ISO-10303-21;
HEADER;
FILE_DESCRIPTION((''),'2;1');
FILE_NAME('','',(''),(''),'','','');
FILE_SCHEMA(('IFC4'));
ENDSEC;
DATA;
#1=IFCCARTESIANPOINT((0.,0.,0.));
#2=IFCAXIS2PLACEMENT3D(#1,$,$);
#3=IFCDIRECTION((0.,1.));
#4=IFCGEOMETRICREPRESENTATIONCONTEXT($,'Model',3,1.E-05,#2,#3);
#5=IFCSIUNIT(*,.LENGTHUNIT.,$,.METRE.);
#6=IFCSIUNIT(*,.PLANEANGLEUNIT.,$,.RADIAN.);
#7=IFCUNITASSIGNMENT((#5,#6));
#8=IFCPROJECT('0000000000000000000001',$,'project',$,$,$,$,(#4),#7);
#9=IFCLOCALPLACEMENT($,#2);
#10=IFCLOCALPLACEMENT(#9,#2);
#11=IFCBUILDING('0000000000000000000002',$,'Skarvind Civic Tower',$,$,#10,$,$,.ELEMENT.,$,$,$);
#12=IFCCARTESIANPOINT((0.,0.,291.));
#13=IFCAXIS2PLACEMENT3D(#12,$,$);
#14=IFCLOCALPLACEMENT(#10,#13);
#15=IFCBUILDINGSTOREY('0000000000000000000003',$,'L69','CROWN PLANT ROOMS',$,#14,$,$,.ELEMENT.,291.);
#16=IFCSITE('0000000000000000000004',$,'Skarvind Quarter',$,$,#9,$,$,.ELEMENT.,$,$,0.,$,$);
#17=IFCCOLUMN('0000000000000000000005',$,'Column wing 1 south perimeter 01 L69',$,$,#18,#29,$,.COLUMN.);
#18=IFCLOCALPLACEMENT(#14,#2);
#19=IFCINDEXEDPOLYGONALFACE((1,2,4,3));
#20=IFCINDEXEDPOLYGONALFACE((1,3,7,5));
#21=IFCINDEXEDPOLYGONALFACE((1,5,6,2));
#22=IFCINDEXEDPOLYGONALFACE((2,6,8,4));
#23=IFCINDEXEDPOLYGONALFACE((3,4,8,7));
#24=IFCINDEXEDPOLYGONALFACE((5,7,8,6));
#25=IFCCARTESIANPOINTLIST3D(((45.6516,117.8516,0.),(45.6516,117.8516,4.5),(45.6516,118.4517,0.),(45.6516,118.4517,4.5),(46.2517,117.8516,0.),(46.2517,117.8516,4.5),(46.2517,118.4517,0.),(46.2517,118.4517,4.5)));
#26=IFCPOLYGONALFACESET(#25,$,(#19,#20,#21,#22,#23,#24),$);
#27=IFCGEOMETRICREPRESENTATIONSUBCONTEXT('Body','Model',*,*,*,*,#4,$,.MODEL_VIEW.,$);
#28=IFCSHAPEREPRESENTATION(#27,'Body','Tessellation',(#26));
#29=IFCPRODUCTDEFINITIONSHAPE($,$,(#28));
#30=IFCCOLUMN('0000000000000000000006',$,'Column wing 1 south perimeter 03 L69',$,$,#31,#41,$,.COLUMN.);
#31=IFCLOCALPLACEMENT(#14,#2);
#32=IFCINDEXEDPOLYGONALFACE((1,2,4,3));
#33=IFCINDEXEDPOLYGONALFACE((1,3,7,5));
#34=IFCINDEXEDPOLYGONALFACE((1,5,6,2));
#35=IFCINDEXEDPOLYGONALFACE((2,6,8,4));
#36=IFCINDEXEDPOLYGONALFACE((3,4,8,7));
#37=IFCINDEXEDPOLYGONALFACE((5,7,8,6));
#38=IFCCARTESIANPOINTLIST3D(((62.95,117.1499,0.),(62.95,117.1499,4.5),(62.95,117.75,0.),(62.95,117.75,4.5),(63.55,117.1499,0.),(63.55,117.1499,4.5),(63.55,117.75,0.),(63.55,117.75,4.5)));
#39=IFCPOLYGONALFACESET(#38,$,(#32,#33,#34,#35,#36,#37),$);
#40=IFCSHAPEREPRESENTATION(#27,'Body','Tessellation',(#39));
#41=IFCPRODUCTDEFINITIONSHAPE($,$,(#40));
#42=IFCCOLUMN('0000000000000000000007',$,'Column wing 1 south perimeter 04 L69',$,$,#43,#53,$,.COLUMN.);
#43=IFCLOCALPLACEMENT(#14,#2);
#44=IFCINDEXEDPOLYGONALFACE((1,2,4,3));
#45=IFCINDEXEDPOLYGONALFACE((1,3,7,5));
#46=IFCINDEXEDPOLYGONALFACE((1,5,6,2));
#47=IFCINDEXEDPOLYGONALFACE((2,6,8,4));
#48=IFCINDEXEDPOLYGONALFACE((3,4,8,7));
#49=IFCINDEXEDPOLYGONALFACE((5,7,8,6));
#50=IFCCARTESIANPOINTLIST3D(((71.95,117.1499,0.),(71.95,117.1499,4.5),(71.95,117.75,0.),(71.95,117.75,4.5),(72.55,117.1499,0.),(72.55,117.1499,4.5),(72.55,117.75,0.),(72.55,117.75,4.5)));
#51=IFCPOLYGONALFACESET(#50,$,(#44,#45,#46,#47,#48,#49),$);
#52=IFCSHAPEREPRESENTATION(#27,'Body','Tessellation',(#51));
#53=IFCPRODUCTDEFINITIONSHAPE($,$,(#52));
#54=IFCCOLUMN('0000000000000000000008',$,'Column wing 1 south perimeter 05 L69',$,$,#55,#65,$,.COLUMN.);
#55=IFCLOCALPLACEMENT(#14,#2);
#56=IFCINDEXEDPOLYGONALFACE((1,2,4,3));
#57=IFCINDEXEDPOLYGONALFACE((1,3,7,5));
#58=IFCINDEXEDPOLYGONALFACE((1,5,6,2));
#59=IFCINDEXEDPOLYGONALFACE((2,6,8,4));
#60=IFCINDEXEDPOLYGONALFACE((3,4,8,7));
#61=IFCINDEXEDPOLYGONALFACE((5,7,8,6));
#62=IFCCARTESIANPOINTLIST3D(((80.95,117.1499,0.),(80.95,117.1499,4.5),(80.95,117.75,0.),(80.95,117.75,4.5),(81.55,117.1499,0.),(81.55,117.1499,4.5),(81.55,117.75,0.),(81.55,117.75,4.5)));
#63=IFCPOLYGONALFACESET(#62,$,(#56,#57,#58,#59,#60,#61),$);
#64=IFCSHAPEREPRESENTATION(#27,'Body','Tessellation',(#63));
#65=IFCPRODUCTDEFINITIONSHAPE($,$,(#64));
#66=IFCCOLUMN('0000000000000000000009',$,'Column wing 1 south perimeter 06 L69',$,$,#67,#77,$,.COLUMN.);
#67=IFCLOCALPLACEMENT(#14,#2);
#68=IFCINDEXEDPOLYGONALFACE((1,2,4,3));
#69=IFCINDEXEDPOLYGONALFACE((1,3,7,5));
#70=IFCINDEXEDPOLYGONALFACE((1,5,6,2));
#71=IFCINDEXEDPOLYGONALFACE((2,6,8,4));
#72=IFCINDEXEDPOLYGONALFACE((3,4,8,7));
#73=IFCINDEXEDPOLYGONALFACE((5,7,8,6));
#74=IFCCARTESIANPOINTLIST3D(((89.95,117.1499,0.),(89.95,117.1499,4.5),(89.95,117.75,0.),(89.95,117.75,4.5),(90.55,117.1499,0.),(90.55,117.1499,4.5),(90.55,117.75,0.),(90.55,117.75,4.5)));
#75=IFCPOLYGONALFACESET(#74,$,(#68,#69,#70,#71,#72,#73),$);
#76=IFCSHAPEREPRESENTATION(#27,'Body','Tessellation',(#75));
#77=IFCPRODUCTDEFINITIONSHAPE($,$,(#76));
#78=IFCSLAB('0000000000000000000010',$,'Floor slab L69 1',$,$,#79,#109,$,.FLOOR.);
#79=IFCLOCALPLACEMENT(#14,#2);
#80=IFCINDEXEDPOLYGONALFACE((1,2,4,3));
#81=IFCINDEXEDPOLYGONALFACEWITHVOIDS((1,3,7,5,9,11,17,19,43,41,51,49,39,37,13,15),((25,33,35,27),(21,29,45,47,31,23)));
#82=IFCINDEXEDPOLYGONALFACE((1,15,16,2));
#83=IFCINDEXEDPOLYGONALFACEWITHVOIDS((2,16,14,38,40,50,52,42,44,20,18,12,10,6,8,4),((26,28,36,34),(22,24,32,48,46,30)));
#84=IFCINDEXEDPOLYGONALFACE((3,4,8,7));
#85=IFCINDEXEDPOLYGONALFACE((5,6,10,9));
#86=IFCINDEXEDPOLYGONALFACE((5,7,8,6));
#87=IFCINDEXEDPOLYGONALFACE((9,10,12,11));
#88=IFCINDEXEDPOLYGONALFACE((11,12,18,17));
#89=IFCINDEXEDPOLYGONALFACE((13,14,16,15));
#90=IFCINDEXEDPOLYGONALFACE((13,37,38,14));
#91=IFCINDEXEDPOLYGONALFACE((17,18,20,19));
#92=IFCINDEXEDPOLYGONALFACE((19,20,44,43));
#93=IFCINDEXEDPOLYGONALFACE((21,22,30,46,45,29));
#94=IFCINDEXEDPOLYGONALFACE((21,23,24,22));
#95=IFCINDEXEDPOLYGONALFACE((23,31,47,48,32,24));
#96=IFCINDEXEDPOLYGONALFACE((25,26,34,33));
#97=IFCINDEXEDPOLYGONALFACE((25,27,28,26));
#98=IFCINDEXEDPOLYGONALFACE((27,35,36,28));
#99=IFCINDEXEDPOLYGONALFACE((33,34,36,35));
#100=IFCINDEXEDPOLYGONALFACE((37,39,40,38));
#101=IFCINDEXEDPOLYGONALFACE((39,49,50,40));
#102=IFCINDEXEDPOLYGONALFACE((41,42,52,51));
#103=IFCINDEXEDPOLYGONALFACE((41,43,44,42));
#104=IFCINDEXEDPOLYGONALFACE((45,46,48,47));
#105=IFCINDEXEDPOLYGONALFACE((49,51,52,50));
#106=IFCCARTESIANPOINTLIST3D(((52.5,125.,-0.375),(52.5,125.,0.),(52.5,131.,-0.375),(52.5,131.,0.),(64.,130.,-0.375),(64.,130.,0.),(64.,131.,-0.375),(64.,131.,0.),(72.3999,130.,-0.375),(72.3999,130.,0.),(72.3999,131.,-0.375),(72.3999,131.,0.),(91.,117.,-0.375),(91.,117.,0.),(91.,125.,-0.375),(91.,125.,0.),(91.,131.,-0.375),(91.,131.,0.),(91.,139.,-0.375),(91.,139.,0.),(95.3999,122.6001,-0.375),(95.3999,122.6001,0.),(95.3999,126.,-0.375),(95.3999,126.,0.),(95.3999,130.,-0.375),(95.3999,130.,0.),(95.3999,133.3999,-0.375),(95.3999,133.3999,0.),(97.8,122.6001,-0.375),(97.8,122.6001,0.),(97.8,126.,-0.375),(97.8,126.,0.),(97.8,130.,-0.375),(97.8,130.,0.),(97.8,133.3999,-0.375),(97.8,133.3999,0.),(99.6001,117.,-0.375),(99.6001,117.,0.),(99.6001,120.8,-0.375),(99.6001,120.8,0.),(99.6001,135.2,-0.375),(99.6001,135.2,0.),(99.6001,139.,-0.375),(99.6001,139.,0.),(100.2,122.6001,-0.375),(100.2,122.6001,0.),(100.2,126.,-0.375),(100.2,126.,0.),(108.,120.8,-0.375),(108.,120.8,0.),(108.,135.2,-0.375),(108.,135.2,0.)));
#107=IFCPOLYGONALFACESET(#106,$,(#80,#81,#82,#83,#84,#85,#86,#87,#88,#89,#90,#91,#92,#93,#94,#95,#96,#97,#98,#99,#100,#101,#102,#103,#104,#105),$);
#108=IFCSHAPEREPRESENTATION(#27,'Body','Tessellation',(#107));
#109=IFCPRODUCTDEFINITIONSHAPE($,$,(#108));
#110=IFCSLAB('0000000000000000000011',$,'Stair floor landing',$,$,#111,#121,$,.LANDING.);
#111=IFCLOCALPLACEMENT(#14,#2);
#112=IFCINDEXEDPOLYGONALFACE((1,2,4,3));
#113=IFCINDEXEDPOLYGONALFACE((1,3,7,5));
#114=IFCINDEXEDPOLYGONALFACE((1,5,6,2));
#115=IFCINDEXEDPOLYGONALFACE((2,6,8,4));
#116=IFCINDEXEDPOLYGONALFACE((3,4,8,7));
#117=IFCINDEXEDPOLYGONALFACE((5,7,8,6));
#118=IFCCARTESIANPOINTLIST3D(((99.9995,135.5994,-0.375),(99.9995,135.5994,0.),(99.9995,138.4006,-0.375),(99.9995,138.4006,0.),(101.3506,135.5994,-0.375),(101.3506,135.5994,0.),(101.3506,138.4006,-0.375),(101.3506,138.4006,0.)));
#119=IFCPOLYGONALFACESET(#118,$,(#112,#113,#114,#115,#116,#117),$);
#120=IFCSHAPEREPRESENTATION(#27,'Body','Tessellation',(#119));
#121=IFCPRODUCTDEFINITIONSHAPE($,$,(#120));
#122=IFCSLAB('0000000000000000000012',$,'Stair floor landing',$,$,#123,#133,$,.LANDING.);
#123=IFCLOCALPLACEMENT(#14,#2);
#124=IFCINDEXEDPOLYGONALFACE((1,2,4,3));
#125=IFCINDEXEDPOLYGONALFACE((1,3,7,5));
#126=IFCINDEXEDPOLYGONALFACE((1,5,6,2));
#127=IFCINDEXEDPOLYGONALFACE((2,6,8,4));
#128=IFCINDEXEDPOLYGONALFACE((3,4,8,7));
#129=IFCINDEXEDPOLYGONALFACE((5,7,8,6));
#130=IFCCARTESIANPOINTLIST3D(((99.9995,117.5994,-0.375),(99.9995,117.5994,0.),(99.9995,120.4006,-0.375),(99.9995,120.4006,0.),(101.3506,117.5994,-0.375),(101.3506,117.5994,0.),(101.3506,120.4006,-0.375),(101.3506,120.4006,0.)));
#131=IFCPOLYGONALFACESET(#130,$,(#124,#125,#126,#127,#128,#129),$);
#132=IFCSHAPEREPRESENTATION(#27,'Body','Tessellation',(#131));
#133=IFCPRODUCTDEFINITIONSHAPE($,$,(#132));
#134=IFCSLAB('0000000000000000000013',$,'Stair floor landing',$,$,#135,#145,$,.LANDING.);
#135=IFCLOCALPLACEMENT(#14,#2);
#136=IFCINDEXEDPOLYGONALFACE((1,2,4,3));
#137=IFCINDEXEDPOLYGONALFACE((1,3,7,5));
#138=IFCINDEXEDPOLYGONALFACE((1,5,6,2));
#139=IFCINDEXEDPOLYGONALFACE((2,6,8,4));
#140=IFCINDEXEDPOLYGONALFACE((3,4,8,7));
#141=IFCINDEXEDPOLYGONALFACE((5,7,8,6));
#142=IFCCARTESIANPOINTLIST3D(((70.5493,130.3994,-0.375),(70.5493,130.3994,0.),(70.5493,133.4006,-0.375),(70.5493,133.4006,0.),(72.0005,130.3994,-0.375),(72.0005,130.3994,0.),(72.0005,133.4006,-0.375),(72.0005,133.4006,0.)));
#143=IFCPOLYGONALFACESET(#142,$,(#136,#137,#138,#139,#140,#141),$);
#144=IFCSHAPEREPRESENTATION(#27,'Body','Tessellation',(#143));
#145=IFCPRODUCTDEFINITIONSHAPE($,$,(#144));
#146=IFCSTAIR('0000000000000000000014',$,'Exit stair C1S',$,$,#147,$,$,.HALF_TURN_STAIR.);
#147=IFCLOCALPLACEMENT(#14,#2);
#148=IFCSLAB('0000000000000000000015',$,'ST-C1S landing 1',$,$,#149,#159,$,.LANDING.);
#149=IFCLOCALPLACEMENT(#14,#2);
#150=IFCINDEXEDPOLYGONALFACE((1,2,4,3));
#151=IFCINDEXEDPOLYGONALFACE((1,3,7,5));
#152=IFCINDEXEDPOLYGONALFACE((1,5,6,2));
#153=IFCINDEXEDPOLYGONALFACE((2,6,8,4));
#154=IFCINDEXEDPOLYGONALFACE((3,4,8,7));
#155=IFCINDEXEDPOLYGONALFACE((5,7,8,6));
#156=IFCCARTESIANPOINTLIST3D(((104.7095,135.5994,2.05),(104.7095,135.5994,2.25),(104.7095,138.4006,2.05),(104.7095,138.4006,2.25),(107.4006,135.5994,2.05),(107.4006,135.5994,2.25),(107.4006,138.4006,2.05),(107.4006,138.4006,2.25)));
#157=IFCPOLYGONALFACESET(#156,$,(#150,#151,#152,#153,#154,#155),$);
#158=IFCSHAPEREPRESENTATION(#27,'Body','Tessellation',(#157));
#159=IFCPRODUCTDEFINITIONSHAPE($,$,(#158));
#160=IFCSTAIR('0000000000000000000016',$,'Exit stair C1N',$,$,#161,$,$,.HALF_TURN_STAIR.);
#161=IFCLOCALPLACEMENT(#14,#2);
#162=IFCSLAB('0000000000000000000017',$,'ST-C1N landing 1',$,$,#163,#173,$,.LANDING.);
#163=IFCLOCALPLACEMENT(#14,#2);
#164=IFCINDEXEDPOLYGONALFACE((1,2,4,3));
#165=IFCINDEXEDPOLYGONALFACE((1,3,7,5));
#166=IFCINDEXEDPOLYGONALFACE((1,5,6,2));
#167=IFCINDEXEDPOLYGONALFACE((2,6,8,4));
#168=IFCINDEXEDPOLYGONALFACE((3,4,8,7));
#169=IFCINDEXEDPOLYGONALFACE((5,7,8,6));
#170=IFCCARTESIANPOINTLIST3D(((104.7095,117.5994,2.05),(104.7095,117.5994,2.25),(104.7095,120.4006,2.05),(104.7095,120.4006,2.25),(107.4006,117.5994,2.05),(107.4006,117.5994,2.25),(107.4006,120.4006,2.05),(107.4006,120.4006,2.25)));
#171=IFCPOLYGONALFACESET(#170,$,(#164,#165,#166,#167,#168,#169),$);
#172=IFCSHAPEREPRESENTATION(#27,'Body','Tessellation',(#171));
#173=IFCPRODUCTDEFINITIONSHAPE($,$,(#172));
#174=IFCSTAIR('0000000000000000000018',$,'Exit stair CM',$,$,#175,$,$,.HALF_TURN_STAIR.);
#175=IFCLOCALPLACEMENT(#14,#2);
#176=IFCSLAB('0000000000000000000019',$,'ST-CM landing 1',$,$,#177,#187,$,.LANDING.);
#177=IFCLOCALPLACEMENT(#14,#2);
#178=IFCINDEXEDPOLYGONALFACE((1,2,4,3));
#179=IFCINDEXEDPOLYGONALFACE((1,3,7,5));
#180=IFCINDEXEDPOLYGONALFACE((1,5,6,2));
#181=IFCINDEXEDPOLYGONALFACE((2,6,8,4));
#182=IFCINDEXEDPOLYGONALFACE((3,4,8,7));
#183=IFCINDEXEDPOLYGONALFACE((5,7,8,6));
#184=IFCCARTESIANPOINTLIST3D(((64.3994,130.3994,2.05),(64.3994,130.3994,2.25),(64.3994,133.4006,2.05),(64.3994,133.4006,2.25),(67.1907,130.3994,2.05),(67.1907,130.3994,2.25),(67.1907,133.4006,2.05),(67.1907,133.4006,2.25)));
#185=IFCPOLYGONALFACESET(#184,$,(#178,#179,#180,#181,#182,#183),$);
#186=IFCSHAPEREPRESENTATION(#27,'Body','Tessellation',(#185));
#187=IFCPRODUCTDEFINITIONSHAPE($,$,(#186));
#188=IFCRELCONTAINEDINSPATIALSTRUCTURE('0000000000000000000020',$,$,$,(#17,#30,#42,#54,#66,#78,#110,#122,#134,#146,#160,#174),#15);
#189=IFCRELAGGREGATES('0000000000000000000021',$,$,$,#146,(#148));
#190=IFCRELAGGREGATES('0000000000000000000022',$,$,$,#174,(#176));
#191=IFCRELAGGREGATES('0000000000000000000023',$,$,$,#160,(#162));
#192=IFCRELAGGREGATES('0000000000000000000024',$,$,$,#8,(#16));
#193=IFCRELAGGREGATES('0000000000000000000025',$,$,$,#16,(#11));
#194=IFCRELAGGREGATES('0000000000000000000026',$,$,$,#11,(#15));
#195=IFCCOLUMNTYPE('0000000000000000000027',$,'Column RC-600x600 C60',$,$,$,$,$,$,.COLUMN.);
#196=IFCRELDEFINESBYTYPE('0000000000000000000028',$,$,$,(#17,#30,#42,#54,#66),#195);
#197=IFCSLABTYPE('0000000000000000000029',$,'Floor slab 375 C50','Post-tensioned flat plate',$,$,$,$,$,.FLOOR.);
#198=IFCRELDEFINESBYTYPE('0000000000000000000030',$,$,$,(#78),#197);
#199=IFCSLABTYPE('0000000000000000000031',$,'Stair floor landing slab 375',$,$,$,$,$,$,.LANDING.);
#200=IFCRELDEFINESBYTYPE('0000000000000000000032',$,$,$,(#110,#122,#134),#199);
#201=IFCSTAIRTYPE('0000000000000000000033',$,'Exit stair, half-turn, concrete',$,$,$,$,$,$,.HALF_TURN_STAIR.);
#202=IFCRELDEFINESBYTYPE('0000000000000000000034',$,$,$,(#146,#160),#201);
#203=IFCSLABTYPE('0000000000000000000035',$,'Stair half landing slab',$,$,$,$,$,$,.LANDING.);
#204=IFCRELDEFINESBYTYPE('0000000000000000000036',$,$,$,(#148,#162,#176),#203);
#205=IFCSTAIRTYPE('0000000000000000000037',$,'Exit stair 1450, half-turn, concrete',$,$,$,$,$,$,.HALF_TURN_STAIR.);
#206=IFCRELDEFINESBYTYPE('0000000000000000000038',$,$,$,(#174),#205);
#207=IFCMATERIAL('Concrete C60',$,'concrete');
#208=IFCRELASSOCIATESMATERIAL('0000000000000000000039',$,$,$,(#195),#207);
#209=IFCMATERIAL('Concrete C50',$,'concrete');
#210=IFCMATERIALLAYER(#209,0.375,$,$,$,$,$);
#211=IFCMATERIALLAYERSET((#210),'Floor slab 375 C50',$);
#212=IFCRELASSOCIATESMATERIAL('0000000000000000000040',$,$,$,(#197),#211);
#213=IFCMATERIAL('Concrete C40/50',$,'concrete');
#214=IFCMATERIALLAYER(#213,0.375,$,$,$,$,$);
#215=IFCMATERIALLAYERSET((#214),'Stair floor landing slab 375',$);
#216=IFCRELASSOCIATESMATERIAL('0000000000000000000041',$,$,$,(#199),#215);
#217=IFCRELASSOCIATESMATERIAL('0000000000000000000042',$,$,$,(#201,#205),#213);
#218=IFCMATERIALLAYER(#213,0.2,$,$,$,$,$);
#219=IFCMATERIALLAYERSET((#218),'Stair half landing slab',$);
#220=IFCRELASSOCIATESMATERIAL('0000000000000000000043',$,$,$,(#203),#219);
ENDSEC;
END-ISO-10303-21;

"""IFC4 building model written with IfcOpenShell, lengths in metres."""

from ifc_helpers import new_model, si_unit, direction, frame, origin, origin_2d, place, context, subcontext, project, spatial, polyline, rectangle, outline, extrude, material, layer, layer_set, material_profile, profile_set, type_object, element, aggregate, save


model = new_model("IFC4")

# Units and contexts
model_context = context("Model", 3, precision=1e-05, world=origin(), true_north=direction((0.0, 1.0)))
body_context = subcontext(model_context, "Body", "Model", "MODEL_VIEW")
ifc_project = project(units=[si_unit("LENGTHUNIT", "METRE"), si_unit("PLANEANGLEUNIT", "RADIAN")], contexts=[model_context])

# Site, building, storey
site_placement = place(None, origin())
site = spatial("IfcSite", under=ifc_project, at=site_placement, Name="Skarvind Quarter", CompositionType="ELEMENT", RefElevation=0.0)
building_placement = place(site_placement, origin())
building = spatial("IfcBuilding", under=site, at=building_placement, Name="Skarvind Civic Tower", CompositionType="ELEMENT")
storey_placement = place(building_placement, frame((0.0, 0.0, 291.0)))
storey = spatial("IfcBuildingStorey", under=building, at=storey_placement, Name="L69", Description="CROWN PLANT ROOMS", CompositionType="ELEMENT", Elevation=291.0)

# Columns
ifc_material_1 = material(Name="Concrete C60", Category="concrete")
ifc_material_profile = material_profile(ifc_material_1, rectangle(XDim=0.6001, YDim=0.6001, at=origin_2d()), Name="RC-600x600")
ifc_profile_set = profile_set([ifc_material_profile], Name="Concrete C60")
column_type = type_object("IfcColumnType", Name="Column RC-600x600 C60", PredefinedType="COLUMN", material=ifc_profile_set)
for number, where, z_axis, x_axis, name in (
    (1, (45.9517, 118.1516, 0.0), (0.0, 0.0, 1.0), (1.0, 0.0, 0.0), "Column wing 1 south perimeter 01 L69"),
    (2, (63.25, 117.45, 0.0), (0.0, 0.0, 1.0), (1.0, 0.0, 0.0), "Column wing 1 south perimeter 03 L69"),
    (3, (72.25, 117.45, 0.0), (0.0, 0.0, 1.0), (1.0, 0.0, 0.0), "Column wing 1 south perimeter 04 L69"),
    (4, (81.25, 117.45, 0.0), (0.0, 0.0, 1.0), (1.0, 0.0, 0.0), "Column wing 1 south perimeter 05 L69"),
    (5, (90.25, 117.45, 0.0), (0.0, 0.0, 1.0), (1.0, 0.0, 0.0), "Column wing 1 south perimeter 06 L69"),
):
    element("IfcColumn", number, at=place(storey_placement, frame(where, z_axis=z_axis, x_axis=x_axis)), inside=storey, type_object=column_type, Name=name, PredefinedType="COLUMN", context=body_context, shape_type="SweptSolid", body=[
        extrude(rectangle(XDim=0.6001, YDim=0.6001, at=origin_2d()), origin(), (0.0, 0.0, 1.0), 4.5),
    ])

# Slabs
ifc_material_2 = material(Name="Concrete C50", Category="concrete")
ifc_layer_1 = layer(ifc_material_2, 0.375)
ifc_layer_set_1 = layer_set([ifc_layer_1], Name="Floor slab 375 C50")
slab_type_1 = type_object("IfcSlabType", Name="Floor slab 375 C50", Description="Post-tensioned flat plate", PredefinedType="FLOOR", material=ifc_layer_set_1)
slab_1_placement = place(storey_placement, frame((0.0, 0.0, -0.375)))
element("IfcSlab", 6, at=slab_1_placement, inside=storey, type_object=slab_type_1, Name="Floor slab L69 1", PredefinedType="FLOOR", context=body_context, shape_type="SweptSolid", body=[
    extrude(outline(polyline([(99.6001, 117.0), (99.6001, 120.8), (108.0, 120.8), (108.0, 135.2), (99.6001, 135.2), (99.6001, 139.0), (91.0, 139.0), (91.0, 131.0), (72.3999, 131.0), (72.3999, 130.0), (64.0, 130.0), (64.0, 131.0), (52.5, 131.0), (52.5, 125.0), (91.0, 125.0), (91.0, 117.0), (99.6001, 117.0)]), holes=[polyline([(97.8, 126.0), (100.2, 126.0), (100.2, 122.6001), (97.8, 122.6001), (95.3999, 122.6001), (95.3999, 126.0), (97.8, 126.0)]), polyline([(95.3999, 130.0), (95.3999, 133.3999), (97.8, 133.3999), (97.8, 130.0), (95.3999, 130.0)])]), origin(), (0.0, 0.0, 1.0), 0.375),
])
ifc_material_3 = material(Name="Concrete C40/50", Category="concrete")
ifc_layer_2 = layer(ifc_material_3, 0.375)
ifc_layer_set_2 = layer_set([ifc_layer_2], Name="Stair floor landing slab 375")
slab_type_2 = type_object("IfcSlabType", Name="Stair floor landing slab 375", PredefinedType="LANDING", material=ifc_layer_set_2)
slab_2_placement = place(storey_placement, frame((0.0, 0.0, -0.375)))
element("IfcSlab", 7, at=slab_2_placement, inside=storey, type_object=slab_type_2, Name="Stair floor landing", PredefinedType="LANDING", context=body_context, shape_type="SweptSolid", body=[
    extrude(outline(polyline([(101.3506, 138.4006), (101.3506, 135.5994), (99.9995, 135.5994), (99.9995, 138.4006), (101.3506, 138.4006)])), origin(), (0.0, 0.0, 1.0), 0.375),
])
slab_3_placement = place(storey_placement, frame((0.0, 0.0, -0.375)))
element("IfcSlab", 8, at=slab_3_placement, inside=storey, type_object=slab_type_2, Name="Stair floor landing", PredefinedType="LANDING", context=body_context, shape_type="SweptSolid", body=[
    extrude(outline(polyline([(101.3506, 120.4006), (101.3506, 117.5994), (99.9995, 117.5994), (99.9995, 120.4006), (101.3506, 120.4006)])), origin(), (0.0, 0.0, 1.0), 0.375),
])
slab_4_placement = place(storey_placement, frame((0.0, 0.0, -0.375)))
element("IfcSlab", 9, at=slab_4_placement, inside=storey, type_object=slab_type_2, Name="Stair floor landing", PredefinedType="LANDING", context=body_context, shape_type="SweptSolid", body=[
    extrude(outline(polyline([(70.5493, 130.3994), (70.5493, 133.4006), (72.0005, 133.4006), (72.0005, 130.3994), (70.5493, 130.3994)])), origin(), (0.0, 0.0, 1.0), 0.375),
])

# Stairs, slabs
stair_type_1 = type_object("IfcStairType", Name="Exit stair, half-turn, concrete", PredefinedType="HALF_TURN_STAIR", material=ifc_material_3)
stair_1_placement = place(storey_placement, origin())
stair_1 = element("IfcStair", 10, at=stair_1_placement, inside=storey, type_object=stair_type_1, Name="Exit stair C1S", PredefinedType="HALF_TURN_STAIR")
ifc_layer_3 = layer(ifc_material_3, 0.2)
ifc_layer_set_3 = layer_set([ifc_layer_3], Name="Stair half landing slab")
slab_type_3 = type_object("IfcSlabType", Name="Stair half landing slab", PredefinedType="LANDING", material=ifc_layer_set_3)
slab_5_placement = place(storey_placement, frame((0.0, 0.0, 2.05)))
slab_5 = element("IfcSlab", 11, at=slab_5_placement, type_object=slab_type_3, Name="ST-C1S landing 1", PredefinedType="LANDING", context=body_context, shape_type="SweptSolid", body=[
    extrude(outline(polyline([(104.7095, 135.5994), (104.7095, 138.4006), (107.4006, 138.4006), (107.4006, 135.5994), (104.7095, 135.5994)])), origin(), (0.0, 0.0, 1.0), 0.2),
])
aggregate(stair_1, [slab_5])
stair_2_placement = place(storey_placement, origin())
stair_2 = element("IfcStair", 12, at=stair_2_placement, inside=storey, type_object=stair_type_1, Name="Exit stair C1N", PredefinedType="HALF_TURN_STAIR")
slab_6_placement = place(storey_placement, frame((0.0, 0.0, 2.05)))
slab_6 = element("IfcSlab", 13, at=slab_6_placement, type_object=slab_type_3, Name="ST-C1N landing 1", PredefinedType="LANDING", context=body_context, shape_type="SweptSolid", body=[
    extrude(outline(polyline([(104.7095, 117.5994), (104.7095, 120.4006), (107.4006, 120.4006), (107.4006, 117.5994), (104.7095, 117.5994)])), origin(), (0.0, 0.0, 1.0), 0.2),
])
stair_type_2 = type_object("IfcStairType", Name="Exit stair 1450, half-turn, concrete", PredefinedType="HALF_TURN_STAIR", material=ifc_material_3)
stair_3_placement = place(storey_placement, origin())
stair_3 = element("IfcStair", 14, at=stair_3_placement, inside=storey, type_object=stair_type_2, Name="Exit stair CM", PredefinedType="HALF_TURN_STAIR")
slab_7_placement = place(storey_placement, frame((0.0, 0.0, 2.05)))
slab_7 = element("IfcSlab", 15, at=slab_7_placement, type_object=slab_type_3, Name="ST-CM landing 1", PredefinedType="LANDING", context=body_context, shape_type="SweptSolid", body=[
    extrude(outline(polyline([(67.1907, 133.4006), (67.1907, 130.3994), (64.3994, 130.3994), (64.3994, 133.4006), (67.1907, 133.4006)])), origin(), (0.0, 0.0, 1.0), 0.2),
])
aggregate(stair_3, [slab_7])

aggregate(stair_2, [slab_6])

save(model, "model.ifc")
